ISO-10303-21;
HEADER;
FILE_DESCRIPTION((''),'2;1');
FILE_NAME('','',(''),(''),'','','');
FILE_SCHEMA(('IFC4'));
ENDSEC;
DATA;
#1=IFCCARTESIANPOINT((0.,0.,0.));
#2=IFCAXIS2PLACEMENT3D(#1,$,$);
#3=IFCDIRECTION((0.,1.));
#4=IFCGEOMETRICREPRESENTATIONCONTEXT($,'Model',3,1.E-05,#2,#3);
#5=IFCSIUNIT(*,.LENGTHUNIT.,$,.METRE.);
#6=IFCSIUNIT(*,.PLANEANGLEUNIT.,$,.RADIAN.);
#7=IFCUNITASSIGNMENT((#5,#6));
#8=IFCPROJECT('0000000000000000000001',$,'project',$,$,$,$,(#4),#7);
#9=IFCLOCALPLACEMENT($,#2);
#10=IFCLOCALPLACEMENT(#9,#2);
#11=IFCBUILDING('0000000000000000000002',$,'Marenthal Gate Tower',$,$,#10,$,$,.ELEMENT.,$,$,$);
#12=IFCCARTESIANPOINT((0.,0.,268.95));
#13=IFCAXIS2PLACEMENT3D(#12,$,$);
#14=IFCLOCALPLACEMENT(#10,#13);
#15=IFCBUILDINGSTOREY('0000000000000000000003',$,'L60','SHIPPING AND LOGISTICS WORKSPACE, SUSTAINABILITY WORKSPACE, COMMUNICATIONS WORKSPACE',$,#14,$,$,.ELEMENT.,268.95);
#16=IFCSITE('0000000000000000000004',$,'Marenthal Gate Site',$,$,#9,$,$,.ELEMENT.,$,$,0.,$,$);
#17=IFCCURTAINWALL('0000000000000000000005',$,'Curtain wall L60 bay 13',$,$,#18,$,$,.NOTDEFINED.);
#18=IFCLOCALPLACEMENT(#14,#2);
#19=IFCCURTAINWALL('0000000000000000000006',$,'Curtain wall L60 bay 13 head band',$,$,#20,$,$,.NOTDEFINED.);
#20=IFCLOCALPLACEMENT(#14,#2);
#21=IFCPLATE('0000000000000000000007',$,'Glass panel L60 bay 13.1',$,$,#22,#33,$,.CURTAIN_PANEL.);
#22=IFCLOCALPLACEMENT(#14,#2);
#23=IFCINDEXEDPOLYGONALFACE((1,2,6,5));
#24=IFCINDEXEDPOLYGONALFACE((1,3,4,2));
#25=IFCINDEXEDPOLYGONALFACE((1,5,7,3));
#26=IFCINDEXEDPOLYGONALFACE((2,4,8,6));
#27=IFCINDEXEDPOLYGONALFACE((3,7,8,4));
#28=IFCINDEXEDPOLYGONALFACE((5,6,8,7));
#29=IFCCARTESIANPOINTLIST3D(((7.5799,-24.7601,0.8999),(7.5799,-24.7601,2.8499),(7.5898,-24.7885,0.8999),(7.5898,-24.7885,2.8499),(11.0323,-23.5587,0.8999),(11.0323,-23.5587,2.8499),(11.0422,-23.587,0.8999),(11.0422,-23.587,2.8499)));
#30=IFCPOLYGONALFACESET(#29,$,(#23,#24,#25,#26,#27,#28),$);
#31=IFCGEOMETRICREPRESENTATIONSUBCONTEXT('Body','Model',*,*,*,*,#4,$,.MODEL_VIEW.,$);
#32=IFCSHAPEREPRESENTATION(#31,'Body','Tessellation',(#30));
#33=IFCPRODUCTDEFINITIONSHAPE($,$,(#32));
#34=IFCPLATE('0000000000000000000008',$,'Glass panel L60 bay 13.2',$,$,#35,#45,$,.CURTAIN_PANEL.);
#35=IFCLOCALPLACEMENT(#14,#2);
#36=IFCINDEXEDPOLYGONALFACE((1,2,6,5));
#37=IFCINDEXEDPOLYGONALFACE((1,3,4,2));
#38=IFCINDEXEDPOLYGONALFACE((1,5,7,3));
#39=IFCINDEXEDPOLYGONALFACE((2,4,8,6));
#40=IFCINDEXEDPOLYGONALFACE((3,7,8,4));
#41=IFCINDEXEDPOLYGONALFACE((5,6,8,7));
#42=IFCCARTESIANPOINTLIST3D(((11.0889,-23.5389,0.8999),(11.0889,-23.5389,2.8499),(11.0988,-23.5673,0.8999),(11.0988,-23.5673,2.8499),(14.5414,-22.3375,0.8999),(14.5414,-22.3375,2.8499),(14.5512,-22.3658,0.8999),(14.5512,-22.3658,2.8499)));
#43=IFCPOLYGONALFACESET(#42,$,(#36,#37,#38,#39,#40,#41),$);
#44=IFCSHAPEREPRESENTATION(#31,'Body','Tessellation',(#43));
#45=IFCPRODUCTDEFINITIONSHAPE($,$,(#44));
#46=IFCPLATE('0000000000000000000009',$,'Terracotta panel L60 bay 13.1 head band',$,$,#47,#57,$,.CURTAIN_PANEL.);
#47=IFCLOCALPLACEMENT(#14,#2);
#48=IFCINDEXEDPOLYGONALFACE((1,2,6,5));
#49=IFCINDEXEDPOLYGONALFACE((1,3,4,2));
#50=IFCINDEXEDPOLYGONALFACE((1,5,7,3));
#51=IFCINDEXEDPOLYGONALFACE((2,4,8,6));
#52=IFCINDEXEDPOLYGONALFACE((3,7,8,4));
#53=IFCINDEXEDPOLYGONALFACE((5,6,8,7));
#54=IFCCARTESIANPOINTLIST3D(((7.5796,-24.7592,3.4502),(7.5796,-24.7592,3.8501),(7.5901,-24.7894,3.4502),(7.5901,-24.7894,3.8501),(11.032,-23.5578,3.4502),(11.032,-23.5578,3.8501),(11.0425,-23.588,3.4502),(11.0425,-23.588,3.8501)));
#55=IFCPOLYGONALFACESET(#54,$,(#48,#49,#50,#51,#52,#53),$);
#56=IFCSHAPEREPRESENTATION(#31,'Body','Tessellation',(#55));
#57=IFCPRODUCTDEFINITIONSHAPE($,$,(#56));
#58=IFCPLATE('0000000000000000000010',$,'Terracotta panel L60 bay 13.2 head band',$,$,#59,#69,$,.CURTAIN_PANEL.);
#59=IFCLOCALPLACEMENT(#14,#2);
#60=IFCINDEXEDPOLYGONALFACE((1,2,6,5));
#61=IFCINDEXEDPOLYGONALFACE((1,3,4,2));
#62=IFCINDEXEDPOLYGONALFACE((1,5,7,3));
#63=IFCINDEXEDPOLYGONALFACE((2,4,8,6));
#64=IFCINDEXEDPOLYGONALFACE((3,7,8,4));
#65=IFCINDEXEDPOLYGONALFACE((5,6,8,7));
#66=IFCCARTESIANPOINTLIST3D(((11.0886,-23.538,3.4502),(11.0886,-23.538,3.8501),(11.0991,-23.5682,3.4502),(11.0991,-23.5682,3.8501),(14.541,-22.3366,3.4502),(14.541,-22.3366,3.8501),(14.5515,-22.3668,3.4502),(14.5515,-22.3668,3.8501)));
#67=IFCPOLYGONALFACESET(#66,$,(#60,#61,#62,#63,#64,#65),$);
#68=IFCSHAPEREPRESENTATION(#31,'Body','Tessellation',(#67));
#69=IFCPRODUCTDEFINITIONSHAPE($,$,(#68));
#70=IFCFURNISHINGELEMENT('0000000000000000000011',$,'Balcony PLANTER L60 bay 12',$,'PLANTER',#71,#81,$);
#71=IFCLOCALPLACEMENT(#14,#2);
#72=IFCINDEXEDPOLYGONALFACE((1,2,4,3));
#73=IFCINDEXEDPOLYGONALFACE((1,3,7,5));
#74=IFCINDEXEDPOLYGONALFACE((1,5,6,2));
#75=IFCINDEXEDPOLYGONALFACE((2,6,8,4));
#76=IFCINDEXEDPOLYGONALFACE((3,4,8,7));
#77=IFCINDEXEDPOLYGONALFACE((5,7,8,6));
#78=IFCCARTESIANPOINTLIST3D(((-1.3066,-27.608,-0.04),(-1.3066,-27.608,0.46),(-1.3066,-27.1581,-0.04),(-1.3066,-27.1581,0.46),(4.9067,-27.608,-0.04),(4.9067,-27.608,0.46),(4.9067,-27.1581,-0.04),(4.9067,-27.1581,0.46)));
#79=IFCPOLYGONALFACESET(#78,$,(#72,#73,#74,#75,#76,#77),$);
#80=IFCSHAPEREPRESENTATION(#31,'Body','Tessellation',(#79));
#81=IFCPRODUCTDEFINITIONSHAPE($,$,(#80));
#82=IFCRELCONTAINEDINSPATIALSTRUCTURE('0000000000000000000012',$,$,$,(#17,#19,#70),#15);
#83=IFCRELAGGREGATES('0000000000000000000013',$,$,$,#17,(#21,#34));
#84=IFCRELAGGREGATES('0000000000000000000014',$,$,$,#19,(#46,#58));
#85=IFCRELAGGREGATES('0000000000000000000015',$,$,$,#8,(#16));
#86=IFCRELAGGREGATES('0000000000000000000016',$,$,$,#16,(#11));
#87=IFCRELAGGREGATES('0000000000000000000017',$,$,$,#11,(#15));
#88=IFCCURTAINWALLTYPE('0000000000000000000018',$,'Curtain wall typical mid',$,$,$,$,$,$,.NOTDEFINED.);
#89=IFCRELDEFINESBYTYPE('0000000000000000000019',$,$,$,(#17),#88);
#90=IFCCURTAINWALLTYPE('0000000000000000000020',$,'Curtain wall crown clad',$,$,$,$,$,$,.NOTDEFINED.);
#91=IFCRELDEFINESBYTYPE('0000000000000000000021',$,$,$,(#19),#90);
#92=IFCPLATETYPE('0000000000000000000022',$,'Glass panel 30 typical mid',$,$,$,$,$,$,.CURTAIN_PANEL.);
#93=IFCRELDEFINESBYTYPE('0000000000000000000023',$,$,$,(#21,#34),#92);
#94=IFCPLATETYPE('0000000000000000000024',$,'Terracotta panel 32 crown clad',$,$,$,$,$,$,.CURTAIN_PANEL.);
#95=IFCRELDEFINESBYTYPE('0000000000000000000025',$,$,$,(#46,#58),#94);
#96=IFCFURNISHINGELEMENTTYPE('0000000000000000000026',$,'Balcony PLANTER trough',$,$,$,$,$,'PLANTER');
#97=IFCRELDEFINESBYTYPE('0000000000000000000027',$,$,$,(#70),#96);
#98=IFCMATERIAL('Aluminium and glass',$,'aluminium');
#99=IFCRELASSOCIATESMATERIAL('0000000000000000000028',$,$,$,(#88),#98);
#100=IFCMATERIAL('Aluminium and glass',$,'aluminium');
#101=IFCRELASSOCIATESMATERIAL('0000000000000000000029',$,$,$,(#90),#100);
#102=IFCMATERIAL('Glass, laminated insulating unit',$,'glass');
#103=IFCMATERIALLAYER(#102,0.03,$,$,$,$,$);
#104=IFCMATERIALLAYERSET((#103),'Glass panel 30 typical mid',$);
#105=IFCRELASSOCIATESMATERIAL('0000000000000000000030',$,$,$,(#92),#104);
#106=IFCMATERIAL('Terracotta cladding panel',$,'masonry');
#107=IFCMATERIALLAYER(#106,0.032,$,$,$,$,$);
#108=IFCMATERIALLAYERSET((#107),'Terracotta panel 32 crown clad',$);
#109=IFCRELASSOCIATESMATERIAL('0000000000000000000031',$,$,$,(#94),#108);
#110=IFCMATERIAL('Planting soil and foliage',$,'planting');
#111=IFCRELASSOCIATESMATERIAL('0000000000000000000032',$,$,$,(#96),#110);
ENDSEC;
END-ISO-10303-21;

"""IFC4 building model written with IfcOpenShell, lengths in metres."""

from ifc_helpers import new_model, si_unit, direction, frame, origin, origin_2d, place, context, subcontext, project, spatial, rectangle, extrude, material, layer, layer_set, type_object, element, aggregate, save


model = new_model("IFC4")

# Units and contexts
model_context = context("Model", 3, precision=1e-05, world=origin(), true_north=direction((0.0, 1.0)))
body_context = subcontext(model_context, "Body", "Model", "MODEL_VIEW")
ifc_project = project(units=[si_unit("LENGTHUNIT", "METRE"), si_unit("PLANEANGLEUNIT", "RADIAN")], contexts=[model_context])

# Site, building, storey
site_placement = place(None, origin())
site = spatial("IfcSite", under=ifc_project, at=site_placement, Name="Marenthal Gate Site", CompositionType="ELEMENT", RefElevation=0.0)
building_placement = place(site_placement, origin())
building = spatial("IfcBuilding", under=site, at=building_placement, Name="Marenthal Gate Tower", CompositionType="ELEMENT")
storey_placement = place(building_placement, frame((0.0, 0.0, 268.95)))
storey = spatial("IfcBuildingStorey", under=building, at=storey_placement, Name="L60", Description="SHIPPING AND LOGISTICS WORKSPACE, SUSTAINABILITY WORKSPACE, COMMUNICATIONS WORKSPACE", CompositionType="ELEMENT", Elevation=268.95)

# Curtain walls
ifc_material_1 = material(Name="Aluminium and glass", Category="aluminium")
curtain_wall_type_1 = type_object("IfcCurtainWallType", Name="Curtain wall typical mid", PredefinedType="NOTDEFINED", material=ifc_material_1)
curtain_wall_1_placement = place(storey_placement, origin())
curtain_wall_1 = element("IfcCurtainWall", 1, at=curtain_wall_1_placement, inside=storey, type_object=curtain_wall_type_1, Name="Curtain wall L60 bay 13", PredefinedType="NOTDEFINED")
ifc_material_2 = material(Name="Aluminium and glass", Category="aluminium")
curtain_wall_type_2 = type_object("IfcCurtainWallType", Name="Curtain wall crown clad", PredefinedType="NOTDEFINED", material=ifc_material_2)
curtain_wall_2_placement = place(storey_placement, origin())
curtain_wall_2 = element("IfcCurtainWall", 2, at=curtain_wall_2_placement, inside=storey, type_object=curtain_wall_type_2, Name="Curtain wall L60 bay 13 head band", PredefinedType="NOTDEFINED")

# Plates
ifc_material_3 = material(Name="Glass, laminated insulating unit", Category="glass")
ifc_layer_1 = layer(ifc_material_3, 0.03)
ifc_layer_set_1 = layer_set([ifc_layer_1], Name="Glass panel 30 typical mid")
plate_type_1 = type_object("IfcPlateType", Name="Glass panel 30 typical mid", PredefinedType="CURTAIN_PANEL", material=ifc_layer_set_1)
plate_1_placement = place(storey_placement, frame((9.311, -24.1736, 0.8999), z_axis=(0.0, 0.0, 1.0), x_axis=(0.944445, 0.32867, 0.0)))
plate_1 = element("IfcPlate", 3, at=plate_1_placement, type_object=plate_type_1, Name="Glass panel L60 bay 13.1", PredefinedType="CURTAIN_PANEL", context=body_context, shape_type="SweptSolid", body=[
    extrude(rectangle(XDim=3.6555, YDim=0.03, at=origin_2d()), origin(), (0.0, 0.0, 1.0), 1.95),
])
plate_2_placement = place(storey_placement, frame((12.8201, -22.9524, 0.8999), z_axis=(0.0, 0.0, 1.0), x_axis=(0.944445, 0.32867, 0.0)))
plate_2 = element("IfcPlate", 4, at=plate_2_placement, type_object=plate_type_1, Name="Glass panel L60 bay 13.2", PredefinedType="CURTAIN_PANEL", context=body_context, shape_type="SweptSolid", body=[
    extrude(rectangle(XDim=3.6555, YDim=0.03, at=origin_2d()), origin(), (0.0, 0.0, 1.0), 1.95),
])
aggregate(curtain_wall_1, [plate_1, plate_2])
ifc_material_4 = material(Name="Terracotta cladding panel", Category="masonry")
ifc_layer_2 = layer(ifc_material_4, 0.032)
ifc_layer_set_2 = layer_set([ifc_layer_2], Name="Terracotta panel 32 crown clad")
plate_type_2 = type_object("IfcPlateType", Name="Terracotta panel 32 crown clad", PredefinedType="CURTAIN_PANEL", material=ifc_layer_set_2)
plate_3_placement = place(storey_placement, frame((9.311, -24.1736, 3.4502), z_axis=(0.0, 0.0, 1.0), x_axis=(0.944445, 0.32867, 0.0)))
plate_3 = element("IfcPlate", 5, at=plate_3_placement, type_object=plate_type_2, Name="Terracotta panel L60 bay 13.1 head band", PredefinedType="CURTAIN_PANEL", context=body_context, shape_type="SweptSolid", body=[
    extrude(rectangle(XDim=3.6555, YDim=0.032, at=origin_2d()), origin(), (0.0, 0.0, 1.0), 0.3999),
])
plate_4_placement = place(storey_placement, frame((12.8201, -22.9524, 3.4502), z_axis=(0.0, 0.0, 1.0), x_axis=(0.944445, 0.32867, 0.0)))
plate_4 = element("IfcPlate", 6, at=plate_4_placement, type_object=plate_type_2, Name="Terracotta panel L60 bay 13.2 head band", PredefinedType="CURTAIN_PANEL", context=body_context, shape_type="SweptSolid", body=[
    extrude(rectangle(XDim=3.6555, YDim=0.032, at=origin_2d()), origin(), (0.0, 0.0, 1.0), 0.3999),
])
aggregate(curtain_wall_2, [plate_3, plate_4])

# Furnishing element
ifc_material_5 = material(Name="Planting soil and foliage", Category="planting")
furnishing_element_type = type_object("IfcFurnishingElementType", Name="Balcony PLANTER trough", ElementType="PLANTER", material=ifc_material_5)
furnishing_placement = place(storey_placement, frame((1.8, -27.3831, -0.04), z_axis=(0.0, 0.0, 1.0), x_axis=(1.0, 0.0, 0.0)))
element("IfcFurnishingElement", 7, at=furnishing_placement, inside=storey, type_object=furnishing_element_type, Name="Balcony PLANTER L60 bay 12", ObjectType="PLANTER", context=body_context, shape_type="SweptSolid", body=[
    extrude(rectangle(XDim=6.2134, YDim=0.45, at=origin_2d()), origin(), (0.0, 0.0, 1.0), 0.5),
])

save(model, "model.ifc")
